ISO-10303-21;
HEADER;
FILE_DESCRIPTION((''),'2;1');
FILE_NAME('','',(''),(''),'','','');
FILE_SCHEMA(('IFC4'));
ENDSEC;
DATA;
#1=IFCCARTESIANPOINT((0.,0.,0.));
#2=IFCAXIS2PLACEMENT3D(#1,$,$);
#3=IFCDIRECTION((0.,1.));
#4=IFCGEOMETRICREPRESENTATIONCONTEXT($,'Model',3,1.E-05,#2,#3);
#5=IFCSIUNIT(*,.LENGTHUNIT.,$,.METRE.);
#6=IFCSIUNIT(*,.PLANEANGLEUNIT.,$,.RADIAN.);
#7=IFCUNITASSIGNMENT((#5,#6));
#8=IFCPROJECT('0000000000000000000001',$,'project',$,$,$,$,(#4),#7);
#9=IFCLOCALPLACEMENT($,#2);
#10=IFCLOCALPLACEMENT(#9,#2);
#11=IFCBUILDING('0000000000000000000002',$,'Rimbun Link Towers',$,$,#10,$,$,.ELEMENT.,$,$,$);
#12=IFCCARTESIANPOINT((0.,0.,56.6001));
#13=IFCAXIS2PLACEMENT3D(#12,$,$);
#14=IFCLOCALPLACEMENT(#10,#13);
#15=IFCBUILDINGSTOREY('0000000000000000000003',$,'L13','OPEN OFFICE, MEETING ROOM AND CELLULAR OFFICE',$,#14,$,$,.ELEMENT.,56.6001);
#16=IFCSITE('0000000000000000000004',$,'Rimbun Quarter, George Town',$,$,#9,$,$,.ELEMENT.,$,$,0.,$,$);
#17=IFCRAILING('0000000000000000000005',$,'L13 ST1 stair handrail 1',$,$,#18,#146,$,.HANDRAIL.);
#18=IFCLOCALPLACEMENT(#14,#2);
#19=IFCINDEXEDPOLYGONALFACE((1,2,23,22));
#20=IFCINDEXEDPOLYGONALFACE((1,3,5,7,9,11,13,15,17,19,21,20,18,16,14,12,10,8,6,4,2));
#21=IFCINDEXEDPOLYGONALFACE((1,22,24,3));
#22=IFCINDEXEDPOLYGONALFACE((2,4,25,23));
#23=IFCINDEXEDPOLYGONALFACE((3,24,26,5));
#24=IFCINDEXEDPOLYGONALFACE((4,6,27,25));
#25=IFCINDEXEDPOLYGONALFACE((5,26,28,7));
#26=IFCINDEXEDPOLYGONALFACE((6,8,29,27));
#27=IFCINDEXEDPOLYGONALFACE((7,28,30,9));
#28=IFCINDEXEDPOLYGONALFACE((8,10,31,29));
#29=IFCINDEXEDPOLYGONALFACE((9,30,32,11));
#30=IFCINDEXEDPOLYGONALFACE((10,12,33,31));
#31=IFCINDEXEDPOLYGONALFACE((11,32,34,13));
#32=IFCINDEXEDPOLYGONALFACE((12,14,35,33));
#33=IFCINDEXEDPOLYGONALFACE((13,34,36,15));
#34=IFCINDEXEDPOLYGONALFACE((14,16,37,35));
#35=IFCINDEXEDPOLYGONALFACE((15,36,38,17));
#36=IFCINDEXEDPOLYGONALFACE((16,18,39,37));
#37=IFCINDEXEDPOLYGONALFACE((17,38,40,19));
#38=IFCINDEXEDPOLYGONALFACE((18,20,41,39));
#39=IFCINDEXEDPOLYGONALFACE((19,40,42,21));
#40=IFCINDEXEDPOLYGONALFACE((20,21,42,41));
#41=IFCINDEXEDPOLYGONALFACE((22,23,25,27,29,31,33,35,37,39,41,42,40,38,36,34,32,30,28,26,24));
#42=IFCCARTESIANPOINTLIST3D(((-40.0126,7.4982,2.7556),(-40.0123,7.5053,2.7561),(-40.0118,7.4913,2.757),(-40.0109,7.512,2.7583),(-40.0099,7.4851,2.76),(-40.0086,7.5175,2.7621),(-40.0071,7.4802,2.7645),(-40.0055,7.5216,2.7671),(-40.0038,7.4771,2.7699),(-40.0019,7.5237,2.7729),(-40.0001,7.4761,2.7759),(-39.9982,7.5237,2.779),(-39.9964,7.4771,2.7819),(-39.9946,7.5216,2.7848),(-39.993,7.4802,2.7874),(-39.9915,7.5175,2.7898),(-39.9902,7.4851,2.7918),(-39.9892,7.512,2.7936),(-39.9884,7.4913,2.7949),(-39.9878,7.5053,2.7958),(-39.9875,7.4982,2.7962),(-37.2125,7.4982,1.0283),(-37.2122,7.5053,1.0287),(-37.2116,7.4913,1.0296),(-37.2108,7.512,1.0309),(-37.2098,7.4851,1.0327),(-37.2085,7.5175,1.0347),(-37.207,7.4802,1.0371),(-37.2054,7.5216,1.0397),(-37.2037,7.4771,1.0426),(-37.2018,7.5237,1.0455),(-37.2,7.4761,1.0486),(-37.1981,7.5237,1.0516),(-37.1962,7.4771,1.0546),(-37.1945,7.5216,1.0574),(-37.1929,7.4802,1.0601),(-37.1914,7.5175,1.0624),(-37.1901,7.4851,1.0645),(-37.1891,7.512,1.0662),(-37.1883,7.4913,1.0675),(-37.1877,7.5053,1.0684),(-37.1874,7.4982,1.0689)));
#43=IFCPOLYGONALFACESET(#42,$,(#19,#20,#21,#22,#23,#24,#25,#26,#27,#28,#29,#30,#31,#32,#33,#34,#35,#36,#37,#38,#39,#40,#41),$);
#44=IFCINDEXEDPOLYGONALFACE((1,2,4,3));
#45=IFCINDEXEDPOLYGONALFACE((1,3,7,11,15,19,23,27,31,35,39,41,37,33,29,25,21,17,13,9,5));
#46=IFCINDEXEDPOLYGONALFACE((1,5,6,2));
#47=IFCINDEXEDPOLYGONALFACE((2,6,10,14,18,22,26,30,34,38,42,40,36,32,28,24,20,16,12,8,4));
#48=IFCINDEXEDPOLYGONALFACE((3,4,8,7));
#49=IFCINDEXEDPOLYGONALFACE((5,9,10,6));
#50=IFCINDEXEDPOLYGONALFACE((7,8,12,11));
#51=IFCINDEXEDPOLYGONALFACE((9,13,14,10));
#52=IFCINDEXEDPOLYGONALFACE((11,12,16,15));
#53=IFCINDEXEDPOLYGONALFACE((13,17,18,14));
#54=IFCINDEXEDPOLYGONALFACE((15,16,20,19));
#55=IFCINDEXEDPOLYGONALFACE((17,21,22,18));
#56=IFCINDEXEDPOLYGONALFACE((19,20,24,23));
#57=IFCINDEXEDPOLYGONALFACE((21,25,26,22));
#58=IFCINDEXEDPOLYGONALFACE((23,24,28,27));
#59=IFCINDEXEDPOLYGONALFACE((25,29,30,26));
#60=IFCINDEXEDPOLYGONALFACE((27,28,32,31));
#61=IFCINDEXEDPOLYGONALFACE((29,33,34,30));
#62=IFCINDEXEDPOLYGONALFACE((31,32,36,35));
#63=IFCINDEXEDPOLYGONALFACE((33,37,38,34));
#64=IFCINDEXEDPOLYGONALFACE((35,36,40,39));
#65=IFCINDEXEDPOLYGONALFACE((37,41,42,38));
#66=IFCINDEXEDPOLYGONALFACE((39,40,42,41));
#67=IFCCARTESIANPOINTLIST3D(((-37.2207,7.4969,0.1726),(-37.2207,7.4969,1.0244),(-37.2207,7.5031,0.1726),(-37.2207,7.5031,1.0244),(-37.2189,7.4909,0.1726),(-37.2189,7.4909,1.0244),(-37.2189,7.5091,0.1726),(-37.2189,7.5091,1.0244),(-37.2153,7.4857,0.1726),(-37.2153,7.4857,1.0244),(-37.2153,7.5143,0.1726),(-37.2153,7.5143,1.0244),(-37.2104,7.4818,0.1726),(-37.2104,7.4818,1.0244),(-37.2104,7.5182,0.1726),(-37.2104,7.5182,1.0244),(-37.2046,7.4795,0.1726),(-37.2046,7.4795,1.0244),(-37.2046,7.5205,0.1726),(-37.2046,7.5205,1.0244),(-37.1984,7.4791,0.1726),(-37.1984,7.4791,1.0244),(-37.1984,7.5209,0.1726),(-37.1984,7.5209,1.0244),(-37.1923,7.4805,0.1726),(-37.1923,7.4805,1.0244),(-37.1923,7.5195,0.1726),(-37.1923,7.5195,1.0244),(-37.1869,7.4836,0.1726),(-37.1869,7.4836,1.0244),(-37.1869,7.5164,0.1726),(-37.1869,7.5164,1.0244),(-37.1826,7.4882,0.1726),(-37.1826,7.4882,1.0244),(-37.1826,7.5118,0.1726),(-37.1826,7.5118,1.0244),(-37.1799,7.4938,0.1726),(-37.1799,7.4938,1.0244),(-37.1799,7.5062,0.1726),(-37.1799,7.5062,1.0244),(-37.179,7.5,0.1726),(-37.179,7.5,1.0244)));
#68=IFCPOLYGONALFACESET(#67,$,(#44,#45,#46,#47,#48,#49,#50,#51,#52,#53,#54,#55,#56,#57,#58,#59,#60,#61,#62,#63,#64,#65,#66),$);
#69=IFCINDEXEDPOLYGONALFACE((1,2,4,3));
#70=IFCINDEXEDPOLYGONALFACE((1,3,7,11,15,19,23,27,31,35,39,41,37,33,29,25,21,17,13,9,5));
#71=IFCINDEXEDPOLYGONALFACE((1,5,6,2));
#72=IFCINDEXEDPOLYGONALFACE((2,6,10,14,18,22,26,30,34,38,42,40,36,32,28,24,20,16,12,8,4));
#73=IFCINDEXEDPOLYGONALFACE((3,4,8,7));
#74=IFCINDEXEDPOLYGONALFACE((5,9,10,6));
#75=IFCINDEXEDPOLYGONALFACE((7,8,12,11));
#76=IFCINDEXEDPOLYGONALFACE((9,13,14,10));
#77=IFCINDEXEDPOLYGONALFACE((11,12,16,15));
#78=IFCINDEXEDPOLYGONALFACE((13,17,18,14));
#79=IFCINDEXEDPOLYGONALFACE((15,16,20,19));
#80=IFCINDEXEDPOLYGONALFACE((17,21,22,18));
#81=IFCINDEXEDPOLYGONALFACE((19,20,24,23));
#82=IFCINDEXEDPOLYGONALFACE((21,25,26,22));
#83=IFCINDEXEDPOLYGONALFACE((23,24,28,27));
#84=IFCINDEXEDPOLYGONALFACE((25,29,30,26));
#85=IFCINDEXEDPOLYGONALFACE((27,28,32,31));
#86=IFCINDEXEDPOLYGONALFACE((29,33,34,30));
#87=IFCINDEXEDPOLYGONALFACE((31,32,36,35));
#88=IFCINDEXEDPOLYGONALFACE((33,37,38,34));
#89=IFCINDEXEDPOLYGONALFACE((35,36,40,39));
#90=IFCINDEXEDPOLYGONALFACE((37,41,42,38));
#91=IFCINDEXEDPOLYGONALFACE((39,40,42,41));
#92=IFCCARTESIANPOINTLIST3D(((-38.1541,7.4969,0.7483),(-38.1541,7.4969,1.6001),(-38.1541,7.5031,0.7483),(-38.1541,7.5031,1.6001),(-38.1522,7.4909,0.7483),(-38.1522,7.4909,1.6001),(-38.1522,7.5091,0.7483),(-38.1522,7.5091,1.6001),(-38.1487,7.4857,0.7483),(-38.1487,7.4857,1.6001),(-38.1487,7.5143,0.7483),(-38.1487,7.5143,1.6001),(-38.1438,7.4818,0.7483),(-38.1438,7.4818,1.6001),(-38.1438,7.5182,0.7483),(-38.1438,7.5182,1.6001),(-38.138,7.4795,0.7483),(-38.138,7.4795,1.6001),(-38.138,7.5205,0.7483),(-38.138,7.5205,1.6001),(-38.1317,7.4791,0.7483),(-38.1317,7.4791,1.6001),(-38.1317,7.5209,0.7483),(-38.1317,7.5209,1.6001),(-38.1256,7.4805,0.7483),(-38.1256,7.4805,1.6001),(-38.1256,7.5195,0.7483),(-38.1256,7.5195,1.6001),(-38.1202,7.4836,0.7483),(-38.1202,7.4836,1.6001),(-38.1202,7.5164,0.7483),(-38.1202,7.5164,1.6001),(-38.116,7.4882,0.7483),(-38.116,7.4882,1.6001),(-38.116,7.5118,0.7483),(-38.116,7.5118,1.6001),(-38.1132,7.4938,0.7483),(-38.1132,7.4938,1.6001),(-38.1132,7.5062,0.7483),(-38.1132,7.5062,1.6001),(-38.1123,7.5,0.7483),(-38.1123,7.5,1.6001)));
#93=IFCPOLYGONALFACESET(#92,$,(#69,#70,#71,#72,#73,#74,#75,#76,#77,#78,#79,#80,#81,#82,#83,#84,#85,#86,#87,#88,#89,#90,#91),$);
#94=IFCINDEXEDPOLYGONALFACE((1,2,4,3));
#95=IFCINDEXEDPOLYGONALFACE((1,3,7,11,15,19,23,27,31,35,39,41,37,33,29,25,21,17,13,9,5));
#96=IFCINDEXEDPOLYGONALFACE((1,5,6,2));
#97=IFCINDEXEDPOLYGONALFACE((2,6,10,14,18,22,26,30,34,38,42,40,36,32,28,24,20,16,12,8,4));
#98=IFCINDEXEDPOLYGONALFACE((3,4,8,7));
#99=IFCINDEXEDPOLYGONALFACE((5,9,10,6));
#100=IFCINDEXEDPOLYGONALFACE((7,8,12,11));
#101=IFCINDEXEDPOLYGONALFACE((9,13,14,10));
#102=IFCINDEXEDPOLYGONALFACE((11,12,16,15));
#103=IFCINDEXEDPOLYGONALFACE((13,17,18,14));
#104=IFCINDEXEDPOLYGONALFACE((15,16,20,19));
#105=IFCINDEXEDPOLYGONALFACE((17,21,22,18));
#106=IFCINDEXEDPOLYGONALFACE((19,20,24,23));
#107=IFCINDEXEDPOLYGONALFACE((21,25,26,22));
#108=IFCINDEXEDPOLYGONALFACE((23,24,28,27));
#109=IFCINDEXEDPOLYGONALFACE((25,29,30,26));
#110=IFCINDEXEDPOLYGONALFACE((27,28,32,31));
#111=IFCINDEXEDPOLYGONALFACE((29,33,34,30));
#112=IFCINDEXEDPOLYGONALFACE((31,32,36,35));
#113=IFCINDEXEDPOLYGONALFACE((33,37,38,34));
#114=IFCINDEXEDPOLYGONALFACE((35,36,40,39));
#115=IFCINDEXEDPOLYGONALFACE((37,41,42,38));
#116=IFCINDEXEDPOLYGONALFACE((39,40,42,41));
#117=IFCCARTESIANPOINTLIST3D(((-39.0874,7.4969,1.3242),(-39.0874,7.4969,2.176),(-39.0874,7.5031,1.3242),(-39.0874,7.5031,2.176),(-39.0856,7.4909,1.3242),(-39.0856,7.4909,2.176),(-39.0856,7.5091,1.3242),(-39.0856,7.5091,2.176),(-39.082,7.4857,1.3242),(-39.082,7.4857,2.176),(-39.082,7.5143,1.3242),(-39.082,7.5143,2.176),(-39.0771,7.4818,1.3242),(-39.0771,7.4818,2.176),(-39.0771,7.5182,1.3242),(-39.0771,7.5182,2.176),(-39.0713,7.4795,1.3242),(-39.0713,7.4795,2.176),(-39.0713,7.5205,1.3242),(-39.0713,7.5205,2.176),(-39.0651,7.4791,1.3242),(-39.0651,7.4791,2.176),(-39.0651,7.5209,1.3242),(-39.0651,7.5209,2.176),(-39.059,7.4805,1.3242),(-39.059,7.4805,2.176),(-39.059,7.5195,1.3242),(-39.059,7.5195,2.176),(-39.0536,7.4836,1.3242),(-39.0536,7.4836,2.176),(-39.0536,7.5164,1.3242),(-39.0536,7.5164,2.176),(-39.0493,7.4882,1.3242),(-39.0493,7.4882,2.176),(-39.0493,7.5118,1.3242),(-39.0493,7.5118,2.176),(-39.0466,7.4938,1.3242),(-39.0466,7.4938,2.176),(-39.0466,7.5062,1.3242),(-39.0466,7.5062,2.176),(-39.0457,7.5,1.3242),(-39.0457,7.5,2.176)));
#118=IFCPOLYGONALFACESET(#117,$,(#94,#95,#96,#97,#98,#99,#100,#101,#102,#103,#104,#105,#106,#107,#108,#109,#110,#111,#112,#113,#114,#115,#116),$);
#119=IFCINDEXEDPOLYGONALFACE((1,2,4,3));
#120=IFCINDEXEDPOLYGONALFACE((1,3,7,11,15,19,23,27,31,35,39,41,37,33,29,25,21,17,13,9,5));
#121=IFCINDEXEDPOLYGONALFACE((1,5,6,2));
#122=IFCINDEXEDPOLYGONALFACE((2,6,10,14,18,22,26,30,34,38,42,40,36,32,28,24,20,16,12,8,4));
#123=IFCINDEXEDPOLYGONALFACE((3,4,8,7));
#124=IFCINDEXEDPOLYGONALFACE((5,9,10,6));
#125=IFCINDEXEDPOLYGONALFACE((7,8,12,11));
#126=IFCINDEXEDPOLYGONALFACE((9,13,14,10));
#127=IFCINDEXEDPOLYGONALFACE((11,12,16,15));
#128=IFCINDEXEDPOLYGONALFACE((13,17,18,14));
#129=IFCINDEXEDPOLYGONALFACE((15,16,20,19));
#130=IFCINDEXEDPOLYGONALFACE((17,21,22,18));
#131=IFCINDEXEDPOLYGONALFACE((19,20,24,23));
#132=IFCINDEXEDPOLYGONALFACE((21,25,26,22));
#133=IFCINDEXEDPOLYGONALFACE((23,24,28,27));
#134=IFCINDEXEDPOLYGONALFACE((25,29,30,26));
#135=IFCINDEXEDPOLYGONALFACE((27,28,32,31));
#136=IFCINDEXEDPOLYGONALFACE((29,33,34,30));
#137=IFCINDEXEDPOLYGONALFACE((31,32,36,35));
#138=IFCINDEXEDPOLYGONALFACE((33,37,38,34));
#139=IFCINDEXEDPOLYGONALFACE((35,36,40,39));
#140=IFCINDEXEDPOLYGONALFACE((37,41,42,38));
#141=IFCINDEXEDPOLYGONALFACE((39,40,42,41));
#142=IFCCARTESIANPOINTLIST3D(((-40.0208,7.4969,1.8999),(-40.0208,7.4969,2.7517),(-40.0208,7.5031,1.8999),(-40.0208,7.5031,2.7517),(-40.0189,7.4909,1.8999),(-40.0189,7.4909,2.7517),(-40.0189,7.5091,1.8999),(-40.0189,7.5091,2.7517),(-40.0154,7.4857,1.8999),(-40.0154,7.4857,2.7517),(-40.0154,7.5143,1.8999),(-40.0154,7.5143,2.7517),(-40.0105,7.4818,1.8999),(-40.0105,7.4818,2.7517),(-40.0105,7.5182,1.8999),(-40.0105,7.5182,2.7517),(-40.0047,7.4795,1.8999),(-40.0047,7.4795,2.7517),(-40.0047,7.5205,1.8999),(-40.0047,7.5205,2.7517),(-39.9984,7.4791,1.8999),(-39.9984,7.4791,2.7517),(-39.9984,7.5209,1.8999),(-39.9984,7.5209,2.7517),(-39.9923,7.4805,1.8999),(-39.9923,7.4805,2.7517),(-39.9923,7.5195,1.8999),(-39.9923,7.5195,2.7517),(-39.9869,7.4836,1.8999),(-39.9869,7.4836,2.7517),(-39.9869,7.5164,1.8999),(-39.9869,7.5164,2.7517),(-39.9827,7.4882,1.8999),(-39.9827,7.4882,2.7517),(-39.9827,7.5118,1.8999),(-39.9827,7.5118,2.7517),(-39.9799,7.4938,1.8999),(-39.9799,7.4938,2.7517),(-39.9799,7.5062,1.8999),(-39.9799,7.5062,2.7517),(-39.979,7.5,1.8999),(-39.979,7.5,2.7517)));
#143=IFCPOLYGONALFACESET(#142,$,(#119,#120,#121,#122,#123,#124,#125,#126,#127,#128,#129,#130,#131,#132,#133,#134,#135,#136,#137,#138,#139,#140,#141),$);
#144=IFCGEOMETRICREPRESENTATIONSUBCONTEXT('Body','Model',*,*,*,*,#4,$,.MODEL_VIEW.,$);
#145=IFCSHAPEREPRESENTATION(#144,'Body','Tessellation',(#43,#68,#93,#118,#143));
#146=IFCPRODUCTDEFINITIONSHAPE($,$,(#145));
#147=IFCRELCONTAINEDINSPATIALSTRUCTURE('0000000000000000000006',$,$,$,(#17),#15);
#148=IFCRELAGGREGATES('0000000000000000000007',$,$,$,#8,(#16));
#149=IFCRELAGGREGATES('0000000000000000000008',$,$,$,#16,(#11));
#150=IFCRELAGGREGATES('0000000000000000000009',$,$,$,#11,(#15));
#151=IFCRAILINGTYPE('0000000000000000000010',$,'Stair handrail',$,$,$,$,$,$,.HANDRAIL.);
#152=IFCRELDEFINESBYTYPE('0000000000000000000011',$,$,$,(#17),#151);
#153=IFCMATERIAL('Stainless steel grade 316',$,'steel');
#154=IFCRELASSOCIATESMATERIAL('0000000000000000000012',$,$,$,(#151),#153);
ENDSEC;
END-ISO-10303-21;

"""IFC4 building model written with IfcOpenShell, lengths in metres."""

from ifc_helpers import new_model, si_unit, direction, frame, origin, origin_2d, place, context, subcontext, project, spatial, circle, extrude, material, type_object, element, save


model = new_model("IFC4")

# Units and contexts
model_context = context("Model", 3, precision=1e-05, world=origin(), true_north=direction((0.0, 1.0)))
body_context = subcontext(model_context, "Body", "Model", "MODEL_VIEW")
ifc_project = project(units=[si_unit("LENGTHUNIT", "METRE"), si_unit("PLANEANGLEUNIT", "RADIAN")], contexts=[model_context])

# Site, building, storey
site_placement = place(None, origin())
site = spatial("IfcSite", under=ifc_project, at=site_placement, Name="Rimbun Quarter, George Town", CompositionType="ELEMENT", RefElevation=0.0)
building_placement = place(site_placement, origin())
building = spatial("IfcBuilding", under=site, at=building_placement, Name="Rimbun Link Towers", CompositionType="ELEMENT")
storey_placement = place(building_placement, frame((0.0, 0.0, 56.6001)))
storey = spatial("IfcBuildingStorey", under=building, at=storey_placement, Name="L13", Description="OPEN OFFICE, MEETING ROOM AND CELLULAR OFFICE", CompositionType="ELEMENT", Elevation=56.6001)

# Railing
ifc_material_1 = material(Name="Stainless steel grade 316", Category="steel")
railing_type_1 = type_object("IfcRailingType", Name="Stair handrail", PredefinedType="HANDRAIL", material=ifc_material_1)
railing_1_placement = place(storey_placement, frame((-37.2, 7.5, 0.1726)))
element("IfcRailing", 1, at=railing_1_placement, inside=storey, type_object=railing_type_1, Name="L13 ST1 stair handrail 1", PredefinedType="HANDRAIL", context=body_context, shape_type="SweptSolid", body=[
    extrude(circle(Radius=0.0239, at=origin_2d()), frame((0.0, 0.0, 0.876), z_axis=(-0.85109, 0.0, 0.52502), x_axis=(0.0, -1.0, 0.0)), (0.0, 0.0, 1.0), 3.29),
    extrude(circle(Radius=0.021, at=origin_2d()), origin(), (0.0, 0.0, 1.0), 0.8518),
    extrude(circle(Radius=0.021, at=origin_2d()), frame((-0.9333, 0.0, 0.5757)), (0.0, 0.0, 1.0), 0.8518),
    extrude(circle(Radius=0.021, at=origin_2d()), frame((-1.8667, 0.0, 1.1516)), (0.0, 0.0, 1.0), 0.8518),
    extrude(circle(Radius=0.021, at=origin_2d()), frame((-2.8, 0.0, 1.7273)), (0.0, 0.0, 1.0), 0.8518),
])

save(model, "model.ifc")
